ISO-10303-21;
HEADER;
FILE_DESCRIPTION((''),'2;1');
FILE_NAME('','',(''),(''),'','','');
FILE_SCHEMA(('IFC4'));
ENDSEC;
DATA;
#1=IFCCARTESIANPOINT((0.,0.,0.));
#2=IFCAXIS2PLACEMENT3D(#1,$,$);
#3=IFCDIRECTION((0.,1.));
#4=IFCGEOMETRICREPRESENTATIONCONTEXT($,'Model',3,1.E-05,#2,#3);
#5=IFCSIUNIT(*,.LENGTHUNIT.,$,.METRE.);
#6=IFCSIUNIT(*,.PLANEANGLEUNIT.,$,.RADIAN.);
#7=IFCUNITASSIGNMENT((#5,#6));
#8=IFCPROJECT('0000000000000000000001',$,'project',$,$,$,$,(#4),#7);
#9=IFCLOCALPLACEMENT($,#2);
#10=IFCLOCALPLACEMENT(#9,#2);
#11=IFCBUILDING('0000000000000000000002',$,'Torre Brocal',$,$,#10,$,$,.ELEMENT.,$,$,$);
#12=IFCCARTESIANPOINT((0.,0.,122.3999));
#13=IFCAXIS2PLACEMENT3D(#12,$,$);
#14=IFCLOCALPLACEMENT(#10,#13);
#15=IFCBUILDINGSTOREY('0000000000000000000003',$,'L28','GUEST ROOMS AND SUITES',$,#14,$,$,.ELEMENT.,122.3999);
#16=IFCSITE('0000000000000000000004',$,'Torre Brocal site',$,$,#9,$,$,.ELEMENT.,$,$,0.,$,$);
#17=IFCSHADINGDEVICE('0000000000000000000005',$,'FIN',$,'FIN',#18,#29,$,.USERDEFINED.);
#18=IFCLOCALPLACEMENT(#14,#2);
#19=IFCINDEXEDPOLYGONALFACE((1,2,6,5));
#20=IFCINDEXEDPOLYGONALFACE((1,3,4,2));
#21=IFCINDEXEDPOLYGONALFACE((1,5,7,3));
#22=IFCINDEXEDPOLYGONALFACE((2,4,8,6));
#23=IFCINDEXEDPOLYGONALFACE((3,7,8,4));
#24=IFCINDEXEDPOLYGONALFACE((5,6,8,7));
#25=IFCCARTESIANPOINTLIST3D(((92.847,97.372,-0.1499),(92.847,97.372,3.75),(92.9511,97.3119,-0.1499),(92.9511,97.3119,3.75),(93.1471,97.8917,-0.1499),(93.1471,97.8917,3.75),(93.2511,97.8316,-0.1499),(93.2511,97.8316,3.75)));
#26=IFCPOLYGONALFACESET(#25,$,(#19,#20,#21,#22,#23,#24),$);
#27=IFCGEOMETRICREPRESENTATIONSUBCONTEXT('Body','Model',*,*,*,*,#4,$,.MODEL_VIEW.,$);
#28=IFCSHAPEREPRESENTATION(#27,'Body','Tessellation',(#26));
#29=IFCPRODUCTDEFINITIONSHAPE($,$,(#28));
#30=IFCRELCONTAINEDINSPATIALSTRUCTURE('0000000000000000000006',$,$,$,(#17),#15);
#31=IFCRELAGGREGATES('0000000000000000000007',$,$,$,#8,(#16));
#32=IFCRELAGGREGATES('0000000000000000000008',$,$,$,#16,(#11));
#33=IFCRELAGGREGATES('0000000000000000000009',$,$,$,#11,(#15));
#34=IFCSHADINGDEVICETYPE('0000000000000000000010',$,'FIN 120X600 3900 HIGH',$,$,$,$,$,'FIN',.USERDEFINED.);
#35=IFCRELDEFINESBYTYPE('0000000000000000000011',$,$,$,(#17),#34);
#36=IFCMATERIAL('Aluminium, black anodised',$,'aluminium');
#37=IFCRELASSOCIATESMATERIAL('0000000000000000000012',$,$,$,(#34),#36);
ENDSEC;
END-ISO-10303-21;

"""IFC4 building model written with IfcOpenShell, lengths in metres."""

from ifc_helpers import new_model, si_unit, direction, frame, origin, origin_2d, place, context, subcontext, project, spatial, rectangle, extrude, material, material_profile, profile_set, type_object, element, save


model = new_model("IFC4")

# Units and contexts
model_context = context("Model", 3, precision=1e-05, world=origin(), true_north=direction((0.0, 1.0)))
body_context = subcontext(model_context, "Body", "Model", "MODEL_VIEW")
ifc_project = project(units=[si_unit("LENGTHUNIT", "METRE"), si_unit("PLANEANGLEUNIT", "RADIAN")], contexts=[model_context])

# Site, building, storey
site_placement = place(None, origin())
site = spatial("IfcSite", under=ifc_project, at=site_placement, Name="Torre Brocal site", CompositionType="ELEMENT", RefElevation=0.0)
building_placement = place(site_placement, origin())
building = spatial("IfcBuilding", under=site, at=building_placement, Name="Torre Brocal", CompositionType="ELEMENT")
storey_placement = place(building_placement, frame((0.0, 0.0, 122.3999)))
storey = spatial("IfcBuildingStorey", under=building, at=storey_placement, Name="L28", Description="GUEST ROOMS AND SUITES", CompositionType="ELEMENT", Elevation=122.3999)

# Shading device
ifc_material_1 = material(Name="Aluminium, black anodised", Category="aluminium")
ifc_material_profile_1 = material_profile(ifc_material_1, rectangle(XDim=0.1201, YDim=0.6001, at=origin_2d()), Name="FIN 120X600 3900 HIGH")
ifc_profile_set_1 = profile_set([ifc_material_profile_1], Name="Aluminium, black anodised")
shading_device_type = type_object("IfcShadingDeviceType", Name="FIN 120X600 3900 HIGH", ElementType="FIN", PredefinedType="USERDEFINED", material=ifc_profile_set_1)
for number, where, z_axis, x_axis, name in (
    (1, (93.0491, 97.6018, -0.1499), (0.0, 0.0, 1.0), (-0.866025, 0.5, 0.0), "FIN"),
):
    element("IfcShadingDevice", number, at=place(storey_placement, frame(where, z_axis=z_axis, x_axis=x_axis)), inside=storey, type_object=shading_device_type, Name=name, ObjectType="FIN", PredefinedType="USERDEFINED", context=body_context, shape_type="SweptSolid", body=[
        extrude(rectangle(XDim=0.1201, YDim=0.6001, at=origin_2d()), origin(), (0.0, 0.0, 1.0), 3.8999),
    ])

save(model, "model.ifc")
